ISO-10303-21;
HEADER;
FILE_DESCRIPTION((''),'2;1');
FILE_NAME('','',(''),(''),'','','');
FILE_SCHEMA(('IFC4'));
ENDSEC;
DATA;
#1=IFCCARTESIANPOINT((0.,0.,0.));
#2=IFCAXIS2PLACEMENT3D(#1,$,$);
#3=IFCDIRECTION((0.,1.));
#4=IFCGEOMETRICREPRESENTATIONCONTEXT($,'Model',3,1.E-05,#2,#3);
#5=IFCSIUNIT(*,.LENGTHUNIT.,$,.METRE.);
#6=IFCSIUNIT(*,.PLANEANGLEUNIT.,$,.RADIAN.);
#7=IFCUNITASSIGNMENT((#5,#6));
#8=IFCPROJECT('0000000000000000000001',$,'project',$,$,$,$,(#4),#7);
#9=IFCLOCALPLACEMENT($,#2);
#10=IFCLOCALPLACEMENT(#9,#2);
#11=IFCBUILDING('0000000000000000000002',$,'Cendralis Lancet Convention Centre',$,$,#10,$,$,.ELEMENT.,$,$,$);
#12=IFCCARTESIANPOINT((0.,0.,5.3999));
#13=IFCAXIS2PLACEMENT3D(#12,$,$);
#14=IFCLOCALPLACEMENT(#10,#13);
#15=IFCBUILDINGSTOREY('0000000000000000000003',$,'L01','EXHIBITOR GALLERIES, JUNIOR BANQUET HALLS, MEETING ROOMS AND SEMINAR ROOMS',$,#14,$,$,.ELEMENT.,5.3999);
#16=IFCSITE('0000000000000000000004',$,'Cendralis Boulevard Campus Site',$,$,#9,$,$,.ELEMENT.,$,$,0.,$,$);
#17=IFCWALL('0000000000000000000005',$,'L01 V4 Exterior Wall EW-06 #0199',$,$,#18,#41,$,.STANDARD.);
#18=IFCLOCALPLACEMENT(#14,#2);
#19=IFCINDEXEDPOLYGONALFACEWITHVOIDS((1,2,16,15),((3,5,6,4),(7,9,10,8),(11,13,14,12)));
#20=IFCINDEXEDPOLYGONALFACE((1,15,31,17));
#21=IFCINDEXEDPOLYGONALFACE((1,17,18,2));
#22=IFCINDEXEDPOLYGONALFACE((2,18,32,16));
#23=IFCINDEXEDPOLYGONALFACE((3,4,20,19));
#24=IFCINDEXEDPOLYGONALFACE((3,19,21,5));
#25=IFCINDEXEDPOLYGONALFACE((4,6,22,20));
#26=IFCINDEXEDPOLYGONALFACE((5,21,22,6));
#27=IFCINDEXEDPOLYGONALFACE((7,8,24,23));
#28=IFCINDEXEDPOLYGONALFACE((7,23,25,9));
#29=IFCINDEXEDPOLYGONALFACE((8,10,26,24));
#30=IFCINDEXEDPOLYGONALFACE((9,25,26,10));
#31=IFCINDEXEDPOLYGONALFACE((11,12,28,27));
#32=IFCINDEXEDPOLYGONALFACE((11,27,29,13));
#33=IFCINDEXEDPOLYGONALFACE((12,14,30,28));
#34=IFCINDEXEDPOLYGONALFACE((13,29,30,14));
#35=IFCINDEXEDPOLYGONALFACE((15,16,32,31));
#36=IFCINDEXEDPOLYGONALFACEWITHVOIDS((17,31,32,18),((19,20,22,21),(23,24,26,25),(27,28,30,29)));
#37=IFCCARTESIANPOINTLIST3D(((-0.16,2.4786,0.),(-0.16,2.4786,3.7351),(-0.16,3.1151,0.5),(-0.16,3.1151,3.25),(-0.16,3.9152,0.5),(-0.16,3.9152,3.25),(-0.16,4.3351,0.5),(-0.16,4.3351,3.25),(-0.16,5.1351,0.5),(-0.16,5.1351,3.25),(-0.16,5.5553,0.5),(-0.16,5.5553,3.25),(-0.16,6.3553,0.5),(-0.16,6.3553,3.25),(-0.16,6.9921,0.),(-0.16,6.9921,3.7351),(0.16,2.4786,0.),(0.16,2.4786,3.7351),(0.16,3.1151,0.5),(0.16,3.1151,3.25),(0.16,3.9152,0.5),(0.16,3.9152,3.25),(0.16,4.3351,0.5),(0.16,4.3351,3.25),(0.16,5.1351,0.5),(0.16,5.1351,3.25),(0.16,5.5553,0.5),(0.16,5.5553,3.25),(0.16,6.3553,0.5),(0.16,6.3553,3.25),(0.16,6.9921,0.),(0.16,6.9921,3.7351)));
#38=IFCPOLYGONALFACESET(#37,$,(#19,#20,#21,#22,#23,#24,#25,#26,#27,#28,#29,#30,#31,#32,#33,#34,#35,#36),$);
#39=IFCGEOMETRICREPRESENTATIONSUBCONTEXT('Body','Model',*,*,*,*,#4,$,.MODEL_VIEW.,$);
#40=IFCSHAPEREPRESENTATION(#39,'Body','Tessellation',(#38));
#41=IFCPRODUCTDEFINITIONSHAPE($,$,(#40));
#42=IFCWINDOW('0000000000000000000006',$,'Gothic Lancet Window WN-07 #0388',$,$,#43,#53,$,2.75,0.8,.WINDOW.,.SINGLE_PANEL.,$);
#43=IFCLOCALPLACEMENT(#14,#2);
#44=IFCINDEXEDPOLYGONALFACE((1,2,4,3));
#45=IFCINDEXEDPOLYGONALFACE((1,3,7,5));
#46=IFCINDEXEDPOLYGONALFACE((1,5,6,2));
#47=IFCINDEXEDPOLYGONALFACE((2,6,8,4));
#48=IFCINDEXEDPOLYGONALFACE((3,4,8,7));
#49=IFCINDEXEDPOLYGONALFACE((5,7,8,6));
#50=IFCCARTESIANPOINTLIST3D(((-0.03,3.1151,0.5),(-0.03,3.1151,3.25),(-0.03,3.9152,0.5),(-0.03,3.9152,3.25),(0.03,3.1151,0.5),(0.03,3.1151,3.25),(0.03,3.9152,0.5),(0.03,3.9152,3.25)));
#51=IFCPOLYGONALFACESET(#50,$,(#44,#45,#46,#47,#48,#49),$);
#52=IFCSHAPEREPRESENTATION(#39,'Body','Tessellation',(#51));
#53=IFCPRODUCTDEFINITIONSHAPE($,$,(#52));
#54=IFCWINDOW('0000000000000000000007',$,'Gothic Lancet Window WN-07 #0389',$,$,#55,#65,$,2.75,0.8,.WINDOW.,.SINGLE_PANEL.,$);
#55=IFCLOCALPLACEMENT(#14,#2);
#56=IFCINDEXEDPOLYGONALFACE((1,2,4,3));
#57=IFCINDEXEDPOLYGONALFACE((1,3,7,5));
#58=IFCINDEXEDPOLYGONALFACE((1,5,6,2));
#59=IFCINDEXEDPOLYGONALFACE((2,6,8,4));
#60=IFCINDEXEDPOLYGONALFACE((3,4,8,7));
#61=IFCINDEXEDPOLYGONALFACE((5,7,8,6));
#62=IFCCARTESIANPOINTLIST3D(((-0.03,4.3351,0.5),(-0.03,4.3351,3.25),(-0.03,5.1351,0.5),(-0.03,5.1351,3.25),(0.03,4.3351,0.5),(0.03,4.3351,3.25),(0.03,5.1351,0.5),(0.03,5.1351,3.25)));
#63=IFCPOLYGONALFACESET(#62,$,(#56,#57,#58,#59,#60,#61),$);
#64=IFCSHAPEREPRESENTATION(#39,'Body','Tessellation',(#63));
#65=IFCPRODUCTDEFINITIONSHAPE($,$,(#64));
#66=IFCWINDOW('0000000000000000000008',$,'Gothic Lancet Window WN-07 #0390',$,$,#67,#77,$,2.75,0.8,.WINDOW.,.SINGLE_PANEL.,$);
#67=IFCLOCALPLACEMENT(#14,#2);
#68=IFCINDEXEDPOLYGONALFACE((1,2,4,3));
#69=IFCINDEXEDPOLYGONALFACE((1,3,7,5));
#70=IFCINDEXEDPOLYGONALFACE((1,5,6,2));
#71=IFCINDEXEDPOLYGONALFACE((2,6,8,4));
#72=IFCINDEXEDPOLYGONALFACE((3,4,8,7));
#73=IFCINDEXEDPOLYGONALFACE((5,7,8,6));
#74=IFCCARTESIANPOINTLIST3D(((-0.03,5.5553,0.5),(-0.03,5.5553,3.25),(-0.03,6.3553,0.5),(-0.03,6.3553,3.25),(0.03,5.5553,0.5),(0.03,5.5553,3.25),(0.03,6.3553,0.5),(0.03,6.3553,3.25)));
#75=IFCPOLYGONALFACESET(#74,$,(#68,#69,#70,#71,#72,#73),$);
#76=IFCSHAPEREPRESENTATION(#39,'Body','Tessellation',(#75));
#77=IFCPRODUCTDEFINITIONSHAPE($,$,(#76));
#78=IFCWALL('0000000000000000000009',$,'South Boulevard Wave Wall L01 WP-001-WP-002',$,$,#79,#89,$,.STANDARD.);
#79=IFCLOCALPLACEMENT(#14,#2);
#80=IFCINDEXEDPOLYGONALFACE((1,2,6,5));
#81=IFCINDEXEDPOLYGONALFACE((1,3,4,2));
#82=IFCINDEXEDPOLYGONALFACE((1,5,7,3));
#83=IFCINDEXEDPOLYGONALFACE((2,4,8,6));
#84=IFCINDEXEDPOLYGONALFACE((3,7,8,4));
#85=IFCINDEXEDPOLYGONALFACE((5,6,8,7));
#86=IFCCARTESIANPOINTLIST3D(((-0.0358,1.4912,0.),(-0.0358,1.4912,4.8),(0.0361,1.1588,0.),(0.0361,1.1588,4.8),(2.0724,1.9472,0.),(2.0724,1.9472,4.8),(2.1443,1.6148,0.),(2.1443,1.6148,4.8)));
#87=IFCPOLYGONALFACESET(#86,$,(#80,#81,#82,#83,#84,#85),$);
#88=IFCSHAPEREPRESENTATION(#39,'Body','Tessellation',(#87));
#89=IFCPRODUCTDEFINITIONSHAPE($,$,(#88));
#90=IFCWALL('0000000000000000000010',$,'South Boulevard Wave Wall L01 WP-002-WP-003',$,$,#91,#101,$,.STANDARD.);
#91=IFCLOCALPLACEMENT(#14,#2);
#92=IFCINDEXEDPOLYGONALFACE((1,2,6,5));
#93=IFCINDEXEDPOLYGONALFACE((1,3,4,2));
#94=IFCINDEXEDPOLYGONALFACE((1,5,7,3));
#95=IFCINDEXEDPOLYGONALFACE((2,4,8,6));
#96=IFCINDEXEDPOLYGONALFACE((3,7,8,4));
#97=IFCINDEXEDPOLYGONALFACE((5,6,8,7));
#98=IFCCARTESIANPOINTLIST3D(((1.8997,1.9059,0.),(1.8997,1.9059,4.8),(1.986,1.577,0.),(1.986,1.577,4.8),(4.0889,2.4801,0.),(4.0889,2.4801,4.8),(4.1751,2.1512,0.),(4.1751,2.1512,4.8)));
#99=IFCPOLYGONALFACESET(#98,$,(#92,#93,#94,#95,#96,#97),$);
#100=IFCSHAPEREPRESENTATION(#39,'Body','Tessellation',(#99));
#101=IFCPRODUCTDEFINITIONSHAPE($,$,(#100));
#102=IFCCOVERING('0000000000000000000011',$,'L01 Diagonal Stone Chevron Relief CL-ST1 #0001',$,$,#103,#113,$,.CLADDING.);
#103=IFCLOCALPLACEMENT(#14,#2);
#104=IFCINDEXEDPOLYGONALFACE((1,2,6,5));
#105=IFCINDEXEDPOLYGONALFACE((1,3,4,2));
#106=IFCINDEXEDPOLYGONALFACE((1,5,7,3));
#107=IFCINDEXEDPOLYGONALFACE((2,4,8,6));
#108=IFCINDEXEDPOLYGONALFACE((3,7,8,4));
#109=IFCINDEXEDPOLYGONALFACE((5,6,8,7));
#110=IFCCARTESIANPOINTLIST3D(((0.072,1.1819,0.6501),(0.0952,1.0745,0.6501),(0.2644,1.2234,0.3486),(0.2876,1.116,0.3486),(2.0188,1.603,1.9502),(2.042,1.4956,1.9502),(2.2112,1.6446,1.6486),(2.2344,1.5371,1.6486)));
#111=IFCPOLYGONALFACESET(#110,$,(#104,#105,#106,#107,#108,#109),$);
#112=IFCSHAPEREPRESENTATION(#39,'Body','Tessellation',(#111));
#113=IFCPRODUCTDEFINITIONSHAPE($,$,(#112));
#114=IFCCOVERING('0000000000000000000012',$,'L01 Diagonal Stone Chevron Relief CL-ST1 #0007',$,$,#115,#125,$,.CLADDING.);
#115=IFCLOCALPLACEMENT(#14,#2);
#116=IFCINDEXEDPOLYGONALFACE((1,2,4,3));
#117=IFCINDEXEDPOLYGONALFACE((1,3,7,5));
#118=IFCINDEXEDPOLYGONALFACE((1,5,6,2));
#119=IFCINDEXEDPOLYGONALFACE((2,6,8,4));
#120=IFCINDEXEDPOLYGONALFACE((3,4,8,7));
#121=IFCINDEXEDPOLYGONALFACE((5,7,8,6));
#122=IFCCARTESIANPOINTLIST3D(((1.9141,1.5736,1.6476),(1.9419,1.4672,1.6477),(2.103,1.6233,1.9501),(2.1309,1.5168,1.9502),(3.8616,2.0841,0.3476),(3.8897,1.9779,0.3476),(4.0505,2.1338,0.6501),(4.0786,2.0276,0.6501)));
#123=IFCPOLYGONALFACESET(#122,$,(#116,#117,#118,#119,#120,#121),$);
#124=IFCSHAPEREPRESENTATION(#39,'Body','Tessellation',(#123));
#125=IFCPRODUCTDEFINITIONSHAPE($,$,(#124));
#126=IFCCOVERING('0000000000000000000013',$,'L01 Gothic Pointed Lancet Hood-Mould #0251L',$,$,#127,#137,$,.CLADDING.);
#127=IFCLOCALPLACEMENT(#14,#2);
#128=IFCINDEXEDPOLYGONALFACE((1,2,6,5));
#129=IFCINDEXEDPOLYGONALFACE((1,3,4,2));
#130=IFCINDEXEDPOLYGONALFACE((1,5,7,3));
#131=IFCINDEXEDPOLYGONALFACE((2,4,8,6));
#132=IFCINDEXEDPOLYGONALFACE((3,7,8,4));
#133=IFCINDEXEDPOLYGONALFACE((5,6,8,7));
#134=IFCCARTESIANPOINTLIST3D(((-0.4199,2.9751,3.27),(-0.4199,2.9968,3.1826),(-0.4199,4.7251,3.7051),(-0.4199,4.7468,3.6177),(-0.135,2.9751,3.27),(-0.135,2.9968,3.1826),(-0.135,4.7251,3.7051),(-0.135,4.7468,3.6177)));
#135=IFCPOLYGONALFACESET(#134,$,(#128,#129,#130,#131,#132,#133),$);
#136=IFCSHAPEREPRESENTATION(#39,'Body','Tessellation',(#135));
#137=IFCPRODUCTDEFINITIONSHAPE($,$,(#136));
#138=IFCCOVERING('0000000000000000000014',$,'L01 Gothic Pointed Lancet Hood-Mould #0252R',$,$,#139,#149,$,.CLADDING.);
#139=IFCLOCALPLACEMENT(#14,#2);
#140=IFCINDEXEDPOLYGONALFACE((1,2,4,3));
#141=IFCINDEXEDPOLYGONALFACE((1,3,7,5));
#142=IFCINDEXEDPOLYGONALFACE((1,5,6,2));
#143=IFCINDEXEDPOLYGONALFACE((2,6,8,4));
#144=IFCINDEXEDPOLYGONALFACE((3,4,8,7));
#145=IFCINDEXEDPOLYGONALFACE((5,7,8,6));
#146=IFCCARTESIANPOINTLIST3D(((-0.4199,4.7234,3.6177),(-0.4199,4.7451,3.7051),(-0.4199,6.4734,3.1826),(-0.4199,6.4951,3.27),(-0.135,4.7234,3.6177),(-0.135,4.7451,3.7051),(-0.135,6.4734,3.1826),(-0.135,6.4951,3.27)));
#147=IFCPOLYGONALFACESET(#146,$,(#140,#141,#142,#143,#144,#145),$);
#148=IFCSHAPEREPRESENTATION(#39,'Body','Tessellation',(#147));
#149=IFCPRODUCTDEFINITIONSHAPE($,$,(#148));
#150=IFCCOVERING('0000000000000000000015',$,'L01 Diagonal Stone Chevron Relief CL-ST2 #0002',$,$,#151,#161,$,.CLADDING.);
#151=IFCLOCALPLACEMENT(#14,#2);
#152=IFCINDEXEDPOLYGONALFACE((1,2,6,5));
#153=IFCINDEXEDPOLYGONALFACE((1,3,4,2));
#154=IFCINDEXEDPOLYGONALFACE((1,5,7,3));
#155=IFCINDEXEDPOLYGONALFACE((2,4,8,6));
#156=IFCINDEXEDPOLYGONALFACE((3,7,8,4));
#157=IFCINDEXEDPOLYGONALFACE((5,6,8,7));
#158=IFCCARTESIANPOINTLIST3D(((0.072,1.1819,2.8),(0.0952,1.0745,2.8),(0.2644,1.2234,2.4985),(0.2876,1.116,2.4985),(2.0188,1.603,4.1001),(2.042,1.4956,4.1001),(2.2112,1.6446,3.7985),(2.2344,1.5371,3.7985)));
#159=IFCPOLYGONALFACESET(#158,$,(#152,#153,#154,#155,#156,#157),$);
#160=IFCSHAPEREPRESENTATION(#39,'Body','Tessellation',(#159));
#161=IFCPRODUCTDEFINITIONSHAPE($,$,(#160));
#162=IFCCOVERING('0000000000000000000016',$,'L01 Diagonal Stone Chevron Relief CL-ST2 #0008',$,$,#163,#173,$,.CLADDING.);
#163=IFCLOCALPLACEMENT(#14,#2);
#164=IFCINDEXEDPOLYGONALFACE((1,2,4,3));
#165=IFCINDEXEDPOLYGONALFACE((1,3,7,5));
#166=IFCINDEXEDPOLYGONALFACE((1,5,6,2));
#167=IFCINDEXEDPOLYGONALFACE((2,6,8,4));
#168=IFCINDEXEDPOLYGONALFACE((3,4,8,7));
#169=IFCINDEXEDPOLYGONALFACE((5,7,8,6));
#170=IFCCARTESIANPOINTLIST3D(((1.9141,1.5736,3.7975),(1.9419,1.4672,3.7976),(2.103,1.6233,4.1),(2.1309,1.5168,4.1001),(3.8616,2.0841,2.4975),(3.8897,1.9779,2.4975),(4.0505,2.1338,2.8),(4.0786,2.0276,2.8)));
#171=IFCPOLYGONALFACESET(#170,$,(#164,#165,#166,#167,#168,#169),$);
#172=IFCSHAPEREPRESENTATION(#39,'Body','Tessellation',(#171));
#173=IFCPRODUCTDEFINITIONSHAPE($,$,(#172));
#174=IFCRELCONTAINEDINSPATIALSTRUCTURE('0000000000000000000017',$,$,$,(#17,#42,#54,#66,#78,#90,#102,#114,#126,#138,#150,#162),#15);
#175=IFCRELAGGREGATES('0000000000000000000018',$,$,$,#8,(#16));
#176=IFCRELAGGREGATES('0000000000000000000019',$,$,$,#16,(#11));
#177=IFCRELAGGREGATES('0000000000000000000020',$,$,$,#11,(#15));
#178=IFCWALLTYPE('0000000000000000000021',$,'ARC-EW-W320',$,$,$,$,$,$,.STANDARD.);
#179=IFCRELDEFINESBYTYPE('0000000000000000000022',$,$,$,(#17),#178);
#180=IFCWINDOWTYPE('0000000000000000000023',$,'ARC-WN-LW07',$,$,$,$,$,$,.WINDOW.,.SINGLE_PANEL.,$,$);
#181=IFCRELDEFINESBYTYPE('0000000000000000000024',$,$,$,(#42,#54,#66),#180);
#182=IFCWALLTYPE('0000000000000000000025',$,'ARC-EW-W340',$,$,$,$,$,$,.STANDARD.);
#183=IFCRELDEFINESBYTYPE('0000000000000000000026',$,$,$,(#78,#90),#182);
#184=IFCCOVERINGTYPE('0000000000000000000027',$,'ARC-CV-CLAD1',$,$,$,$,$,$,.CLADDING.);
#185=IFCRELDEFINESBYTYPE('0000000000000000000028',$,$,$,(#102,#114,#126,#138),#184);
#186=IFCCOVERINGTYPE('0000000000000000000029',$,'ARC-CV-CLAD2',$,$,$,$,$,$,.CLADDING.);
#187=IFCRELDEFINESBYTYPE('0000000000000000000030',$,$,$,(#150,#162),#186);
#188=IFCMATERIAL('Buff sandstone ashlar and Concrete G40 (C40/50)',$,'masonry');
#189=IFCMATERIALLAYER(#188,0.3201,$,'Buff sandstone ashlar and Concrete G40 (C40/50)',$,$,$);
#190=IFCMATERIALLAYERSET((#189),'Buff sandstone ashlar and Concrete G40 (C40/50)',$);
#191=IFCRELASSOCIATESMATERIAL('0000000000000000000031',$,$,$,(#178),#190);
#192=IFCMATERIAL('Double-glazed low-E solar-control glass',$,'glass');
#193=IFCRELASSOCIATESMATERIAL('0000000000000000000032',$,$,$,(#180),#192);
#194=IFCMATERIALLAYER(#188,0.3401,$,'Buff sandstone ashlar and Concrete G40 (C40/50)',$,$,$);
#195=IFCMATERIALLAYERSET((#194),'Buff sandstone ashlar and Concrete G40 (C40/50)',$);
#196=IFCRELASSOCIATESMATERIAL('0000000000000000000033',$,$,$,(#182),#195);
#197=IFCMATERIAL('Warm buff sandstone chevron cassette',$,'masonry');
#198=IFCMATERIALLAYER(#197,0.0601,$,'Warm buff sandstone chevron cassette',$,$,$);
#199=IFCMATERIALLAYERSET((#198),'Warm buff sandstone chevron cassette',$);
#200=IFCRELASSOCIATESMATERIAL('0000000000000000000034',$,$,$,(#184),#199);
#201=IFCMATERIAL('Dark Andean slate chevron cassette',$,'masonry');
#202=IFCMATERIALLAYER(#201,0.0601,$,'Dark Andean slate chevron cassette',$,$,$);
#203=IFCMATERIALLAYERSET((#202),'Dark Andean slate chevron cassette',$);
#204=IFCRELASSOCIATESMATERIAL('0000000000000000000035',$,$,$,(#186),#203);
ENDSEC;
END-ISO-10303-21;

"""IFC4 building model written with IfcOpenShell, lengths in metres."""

from ifc_helpers import new_model, si_unit, direction, frame, frame_2d, origin, place, context, subcontext, project, spatial, polyline, rectangle, outline, extrude, material, layer, layer_set, type_object, element, fill, save


model = new_model("IFC4")

# Units and contexts
model_context = context("Model", 3, precision=1e-05, world=origin(), true_north=direction((0.0, 1.0)))
body_context = subcontext(model_context, "Body", "Model", "MODEL_VIEW")
ifc_project = project(units=[si_unit("LENGTHUNIT", "METRE"), si_unit("PLANEANGLEUNIT", "RADIAN")], contexts=[model_context])

# Site, building, storey
site_placement = place(None, origin())
site = spatial("IfcSite", under=ifc_project, at=site_placement, Name="Cendralis Boulevard Campus Site", CompositionType="ELEMENT", RefElevation=0.0)
building_placement = place(site_placement, origin())
building = spatial("IfcBuilding", under=site, at=building_placement, Name="Cendralis Lancet Convention Centre", CompositionType="ELEMENT")
storey_placement = place(building_placement, frame((0.0, 0.0, 5.3999)))
storey = spatial("IfcBuildingStorey", under=building, at=storey_placement, Name="L01", Description="EXHIBITOR GALLERIES, JUNIOR BANQUET HALLS, MEETING ROOMS AND SEMINAR ROOMS", CompositionType="ELEMENT", Elevation=5.3999)

# Shared definitions
ifc_material_1 = material(Name="Warm buff sandstone chevron cassette", Category="masonry")

# Wall, openings, windows
ifc_material_2 = material(Name="Buff sandstone ashlar and Concrete G40 (C40/50)", Category="masonry")
ifc_layer_1 = layer(ifc_material_2, 0.3201, Name="Buff sandstone ashlar and Concrete G40 (C40/50)")
ifc_layer_set_1 = layer_set([ifc_layer_1], Name="Buff sandstone ashlar and Concrete G40 (C40/50)")
wall_type_1 = type_object("IfcWallType", Name="ARC-EW-W320", PredefinedType="STANDARD", material=ifc_layer_set_1)
wall_1_placement = place(storey_placement, frame((0.0, 2.4785, 0.0), z_axis=(0.0, 0.0, 1.0), x_axis=(0.0, 1.0, 0.0)))
wall_1 = element("IfcWall", 1, at=wall_1_placement, inside=storey, type_object=wall_type_1, Name="L01 V4 Exterior Wall EW-06 #0199", PredefinedType="STANDARD", context=body_context, shape_type="SweptSolid", body=[
    extrude(rectangle(XDim=4.5134, YDim=0.3201, at=frame_2d((2.2568, 0.0))), origin(), (0.0, 0.0, 1.0), 3.7351),
])
opening_1_placement = place(wall_1_placement, frame((0.6367, 0.0, 0.5)))
opening_1 = element("IfcOpeningElement", 2, at=opening_1_placement, cuts=wall_1, PredefinedType="OPENING", context=body_context, shape_type="SweptSolid", body=[
    extrude(rectangle(XDim=0.8, YDim=2.75, at=frame_2d((0.3999, 1.375))), frame((0.0, 0.1699, 0.0), z_axis=(0.0, -1.0, 0.0), x_axis=(1.0, 0.0, 0.0)), (0.0, 0.0, 1.0), 0.3401),
])
opening_2_placement = place(wall_1_placement, frame((1.8567, 0.0, 0.5)))
opening_2 = element("IfcOpeningElement", 3, at=opening_2_placement, cuts=wall_1, PredefinedType="OPENING", context=body_context, shape_type="SweptSolid", body=[
    extrude(rectangle(XDim=0.8, YDim=2.75, at=frame_2d((0.3999, 1.375))), frame((0.0, 0.1699, 0.0), z_axis=(0.0, -1.0, 0.0), x_axis=(1.0, 0.0, 0.0)), (0.0, 0.0, 1.0), 0.3401),
])
opening_3_placement = place(wall_1_placement, frame((3.0769, 0.0, 0.5)))
opening_3 = element("IfcOpeningElement", 4, at=opening_3_placement, cuts=wall_1, PredefinedType="OPENING", context=body_context, shape_type="SweptSolid", body=[
    extrude(rectangle(XDim=0.8, YDim=2.75, at=frame_2d((0.3999, 1.375))), frame((0.0, 0.1699, 0.0), z_axis=(0.0, -1.0, 0.0), x_axis=(1.0, 0.0, 0.0)), (0.0, 0.0, 1.0), 0.3401),
])
ifc_material_3 = material(Name="Double-glazed low-E solar-control glass", Category="glass")
window_type = type_object("IfcWindowType", Name="ARC-WN-LW07", PartitioningType="SINGLE_PANEL", PredefinedType="WINDOW", material=ifc_material_3)
window_1_placement = place(opening_1_placement, origin())
window_1 = element("IfcWindow", 5, at=window_1_placement, inside=storey, type_object=window_type, Name="Gothic Lancet Window WN-07 #0388", OverallHeight=2.75, OverallWidth=0.8, PartitioningType="SINGLE_PANEL", PredefinedType="WINDOW", context=body_context, shape_type="SweptSolid", body=[
    extrude(rectangle(XDim=0.8, YDim=2.75, at=frame_2d((0.3999, 1.375))), frame((0.0, 0.03, 0.0), z_axis=(0.0, -1.0, 0.0), x_axis=(1.0, 0.0, 0.0)), (0.0, 0.0, 1.0), 0.0601),
])
fill(opening_1, window_1)
window_2_placement = place(opening_2_placement, origin())
window_2 = element("IfcWindow", 6, at=window_2_placement, inside=storey, type_object=window_type, Name="Gothic Lancet Window WN-07 #0389", OverallHeight=2.75, OverallWidth=0.8, PartitioningType="SINGLE_PANEL", PredefinedType="WINDOW", context=body_context, shape_type="SweptSolid", body=[
    extrude(rectangle(XDim=0.8, YDim=2.75, at=frame_2d((0.3999, 1.375))), frame((0.0, 0.03, 0.0), z_axis=(0.0, -1.0, 0.0), x_axis=(1.0, 0.0, 0.0)), (0.0, 0.0, 1.0), 0.0601),
])
fill(opening_2, window_2)
window_3_placement = place(opening_3_placement, origin())
window_3 = element("IfcWindow", 7, at=window_3_placement, inside=storey, type_object=window_type, Name="Gothic Lancet Window WN-07 #0390", OverallHeight=2.75, OverallWidth=0.8, PartitioningType="SINGLE_PANEL", PredefinedType="WINDOW", context=body_context, shape_type="SweptSolid", body=[
    extrude(rectangle(XDim=0.8, YDim=2.75, at=frame_2d((0.3999, 1.375))), frame((0.0, 0.03, 0.0), z_axis=(0.0, -1.0, 0.0), x_axis=(1.0, 0.0, 0.0)), (0.0, 0.0, 1.0), 0.0601),
])
fill(opening_3, window_3)

# Walls
ifc_layer_2 = layer(ifc_material_2, 0.3401, Name="Buff sandstone ashlar and Concrete G40 (C40/50)")
ifc_layer_set_2 = layer_set([ifc_layer_2], Name="Buff sandstone ashlar and Concrete G40 (C40/50)")
wall_type_2 = type_object("IfcWallType", Name="ARC-EW-W340", PredefinedType="STANDARD", material=ifc_layer_set_2)
wall_2_placement = place(storey_placement, frame((0.0, 1.325, 0.0), z_axis=(0.0, 0.0, 1.0), x_axis=(0.977391, 0.211438, 0.0)))
element("IfcWall", 8, at=wall_2_placement, inside=storey, type_object=wall_type_2, Name="South Boulevard Wave Wall L01 WP-001-WP-002", PredefinedType="STANDARD", context=body_context, shape_type="SweptSolid", body=[
    extrude(rectangle(XDim=2.157, YDim=0.3401, at=frame_2d((1.0786, 0.0))), origin(), (0.0, 0.0, 1.0), 4.8),
])
wall_3_placement = place(storey_placement, frame((1.9429, 1.7415, 0.0), z_axis=(0.0, 0.0, 1.0), x_axis=(0.96728, 0.253713, 0.0)))
element("IfcWall", 9, at=wall_3_placement, inside=storey, type_object=wall_type_2, Name="South Boulevard Wave Wall L01 WP-002-WP-003", PredefinedType="STANDARD", context=body_context, shape_type="SweptSolid", body=[
    extrude(rectangle(XDim=2.2632, YDim=0.3401, at=frame_2d((1.1316, 0.0))), origin(), (0.0, 0.0, 1.0), 4.8),
])

# Coverings
ifc_layer_3 = layer(ifc_material_1, 0.0601, Name="Warm buff sandstone chevron cassette")
ifc_layer_set_3 = layer_set([ifc_layer_3], Name="Warm buff sandstone chevron cassette")
covering_type_1 = type_object("IfcCoveringType", Name="ARC-CV-CLAD1", PredefinedType="CLADDING", material=ifc_layer_set_3)
covering_1_placement = place(storey_placement, frame((0.0952, 1.0745, 0.6501), z_axis=(-0.534264, -0.115353, 0.83741), x_axis=(0.818477, 0.17706, 0.546575)))
element("IfcCovering", 10, at=covering_1_placement, inside=storey, type_object=covering_type_1, Name="L01 Diagonal Stone Chevron Relief CL-ST1 #0001", PredefinedType="CLADDING", context=body_context, shape_type="SweptSolid", body=[
    extrude(outline(polyline([(0.0, 0.0), (2.3785, 0.0), (2.3786, 0.1099), (0.0, 0.1099), (0.0, 0.0)])), origin(), (0.0, 0.0, -1.0), 0.3601),
])
covering_2_placement = place(storey_placement, frame((2.1309, 1.5168, 1.9502), z_axis=(0.524606, 0.137927, 0.840098), x_axis=(0.812624, 0.213087, -0.542435)))
element("IfcCovering", 11, at=covering_2_placement, inside=storey, type_object=covering_type_1, Name="L01 Diagonal Stone Chevron Relief CL-ST1 #0007", PredefinedType="CLADDING", context=body_context, shape_type="SweptSolid", body=[
    extrude(outline(polyline([(0.0, 0.0), (2.3968, 0.0), (2.3966, 0.1098), (0.0001, 0.11), (0.0, 0.0)])), origin(), (0.0, 0.0, -1.0), 0.3601),
])
for number, where, z_axis, x_axis, name in (
    (12, (-0.4199, 2.9751, 3.27), (0.0, -0.241261, 0.97046), (1.0, 0.0, 0.0), "L01 Gothic Pointed Lancet Hood-Mould #0251L"),
    (13, (-0.4199, 4.7451, 3.7051), (0.0, 0.241261, 0.97046), (1.0, 0.0, 0.0), "L01 Gothic Pointed Lancet Hood-Mould #0252R"),
):
    element("IfcCovering", number, at=place(storey_placement, frame(where, z_axis=z_axis, x_axis=x_axis)), inside=storey, type_object=covering_type_1, Name=name, PredefinedType="CLADDING", context=body_context, shape_type="SweptSolid", body=[
        extrude(outline(polyline([(0.0, 0.0), (0.2849, 0.0), (0.2849, 1.8033), (0.0, 1.8033), (0.0, 0.0)])), origin(), (0.0, 0.0, -1.0), 0.0901),
    ])
ifc_material_4 = material(Name="Dark Andean slate chevron cassette", Category="masonry")
ifc_layer_4 = layer(ifc_material_4, 0.0601, Name="Dark Andean slate chevron cassette")
ifc_layer_set_4 = layer_set([ifc_layer_4], Name="Dark Andean slate chevron cassette")
covering_type_2 = type_object("IfcCoveringType", Name="ARC-CV-CLAD2", PredefinedType="CLADDING", material=ifc_layer_set_4)
covering_3_placement = place(storey_placement, frame((0.0952, 1.0745, 2.8), z_axis=(-0.534264, -0.115353, 0.83741), x_axis=(0.818477, 0.17706, 0.546575)))
element("IfcCovering", 14, at=covering_3_placement, inside=storey, type_object=covering_type_2, Name="L01 Diagonal Stone Chevron Relief CL-ST2 #0002", PredefinedType="CLADDING", context=body_context, shape_type="SweptSolid", body=[
    extrude(outline(polyline([(0.0, 0.0), (2.3785, 0.0), (2.3786, 0.1099), (0.0, 0.1099), (0.0, 0.0)])), origin(), (0.0, 0.0, -1.0), 0.3601),
])
covering_4_placement = place(storey_placement, frame((2.1309, 1.5168, 4.1001), z_axis=(0.524606, 0.137927, 0.840098), x_axis=(0.812624, 0.213087, -0.542435)))
element("IfcCovering", 15, at=covering_4_placement, inside=storey, type_object=covering_type_2, Name="L01 Diagonal Stone Chevron Relief CL-ST2 #0008", PredefinedType="CLADDING", context=body_context, shape_type="SweptSolid", body=[
    extrude(outline(polyline([(0.0, 0.0), (2.3968, 0.0), (2.3966, 0.1098), (0.0001, 0.11), (0.0, 0.0)])), origin(), (0.0, 0.0, -1.0), 0.3601),
])

save(model, "model.ifc")
